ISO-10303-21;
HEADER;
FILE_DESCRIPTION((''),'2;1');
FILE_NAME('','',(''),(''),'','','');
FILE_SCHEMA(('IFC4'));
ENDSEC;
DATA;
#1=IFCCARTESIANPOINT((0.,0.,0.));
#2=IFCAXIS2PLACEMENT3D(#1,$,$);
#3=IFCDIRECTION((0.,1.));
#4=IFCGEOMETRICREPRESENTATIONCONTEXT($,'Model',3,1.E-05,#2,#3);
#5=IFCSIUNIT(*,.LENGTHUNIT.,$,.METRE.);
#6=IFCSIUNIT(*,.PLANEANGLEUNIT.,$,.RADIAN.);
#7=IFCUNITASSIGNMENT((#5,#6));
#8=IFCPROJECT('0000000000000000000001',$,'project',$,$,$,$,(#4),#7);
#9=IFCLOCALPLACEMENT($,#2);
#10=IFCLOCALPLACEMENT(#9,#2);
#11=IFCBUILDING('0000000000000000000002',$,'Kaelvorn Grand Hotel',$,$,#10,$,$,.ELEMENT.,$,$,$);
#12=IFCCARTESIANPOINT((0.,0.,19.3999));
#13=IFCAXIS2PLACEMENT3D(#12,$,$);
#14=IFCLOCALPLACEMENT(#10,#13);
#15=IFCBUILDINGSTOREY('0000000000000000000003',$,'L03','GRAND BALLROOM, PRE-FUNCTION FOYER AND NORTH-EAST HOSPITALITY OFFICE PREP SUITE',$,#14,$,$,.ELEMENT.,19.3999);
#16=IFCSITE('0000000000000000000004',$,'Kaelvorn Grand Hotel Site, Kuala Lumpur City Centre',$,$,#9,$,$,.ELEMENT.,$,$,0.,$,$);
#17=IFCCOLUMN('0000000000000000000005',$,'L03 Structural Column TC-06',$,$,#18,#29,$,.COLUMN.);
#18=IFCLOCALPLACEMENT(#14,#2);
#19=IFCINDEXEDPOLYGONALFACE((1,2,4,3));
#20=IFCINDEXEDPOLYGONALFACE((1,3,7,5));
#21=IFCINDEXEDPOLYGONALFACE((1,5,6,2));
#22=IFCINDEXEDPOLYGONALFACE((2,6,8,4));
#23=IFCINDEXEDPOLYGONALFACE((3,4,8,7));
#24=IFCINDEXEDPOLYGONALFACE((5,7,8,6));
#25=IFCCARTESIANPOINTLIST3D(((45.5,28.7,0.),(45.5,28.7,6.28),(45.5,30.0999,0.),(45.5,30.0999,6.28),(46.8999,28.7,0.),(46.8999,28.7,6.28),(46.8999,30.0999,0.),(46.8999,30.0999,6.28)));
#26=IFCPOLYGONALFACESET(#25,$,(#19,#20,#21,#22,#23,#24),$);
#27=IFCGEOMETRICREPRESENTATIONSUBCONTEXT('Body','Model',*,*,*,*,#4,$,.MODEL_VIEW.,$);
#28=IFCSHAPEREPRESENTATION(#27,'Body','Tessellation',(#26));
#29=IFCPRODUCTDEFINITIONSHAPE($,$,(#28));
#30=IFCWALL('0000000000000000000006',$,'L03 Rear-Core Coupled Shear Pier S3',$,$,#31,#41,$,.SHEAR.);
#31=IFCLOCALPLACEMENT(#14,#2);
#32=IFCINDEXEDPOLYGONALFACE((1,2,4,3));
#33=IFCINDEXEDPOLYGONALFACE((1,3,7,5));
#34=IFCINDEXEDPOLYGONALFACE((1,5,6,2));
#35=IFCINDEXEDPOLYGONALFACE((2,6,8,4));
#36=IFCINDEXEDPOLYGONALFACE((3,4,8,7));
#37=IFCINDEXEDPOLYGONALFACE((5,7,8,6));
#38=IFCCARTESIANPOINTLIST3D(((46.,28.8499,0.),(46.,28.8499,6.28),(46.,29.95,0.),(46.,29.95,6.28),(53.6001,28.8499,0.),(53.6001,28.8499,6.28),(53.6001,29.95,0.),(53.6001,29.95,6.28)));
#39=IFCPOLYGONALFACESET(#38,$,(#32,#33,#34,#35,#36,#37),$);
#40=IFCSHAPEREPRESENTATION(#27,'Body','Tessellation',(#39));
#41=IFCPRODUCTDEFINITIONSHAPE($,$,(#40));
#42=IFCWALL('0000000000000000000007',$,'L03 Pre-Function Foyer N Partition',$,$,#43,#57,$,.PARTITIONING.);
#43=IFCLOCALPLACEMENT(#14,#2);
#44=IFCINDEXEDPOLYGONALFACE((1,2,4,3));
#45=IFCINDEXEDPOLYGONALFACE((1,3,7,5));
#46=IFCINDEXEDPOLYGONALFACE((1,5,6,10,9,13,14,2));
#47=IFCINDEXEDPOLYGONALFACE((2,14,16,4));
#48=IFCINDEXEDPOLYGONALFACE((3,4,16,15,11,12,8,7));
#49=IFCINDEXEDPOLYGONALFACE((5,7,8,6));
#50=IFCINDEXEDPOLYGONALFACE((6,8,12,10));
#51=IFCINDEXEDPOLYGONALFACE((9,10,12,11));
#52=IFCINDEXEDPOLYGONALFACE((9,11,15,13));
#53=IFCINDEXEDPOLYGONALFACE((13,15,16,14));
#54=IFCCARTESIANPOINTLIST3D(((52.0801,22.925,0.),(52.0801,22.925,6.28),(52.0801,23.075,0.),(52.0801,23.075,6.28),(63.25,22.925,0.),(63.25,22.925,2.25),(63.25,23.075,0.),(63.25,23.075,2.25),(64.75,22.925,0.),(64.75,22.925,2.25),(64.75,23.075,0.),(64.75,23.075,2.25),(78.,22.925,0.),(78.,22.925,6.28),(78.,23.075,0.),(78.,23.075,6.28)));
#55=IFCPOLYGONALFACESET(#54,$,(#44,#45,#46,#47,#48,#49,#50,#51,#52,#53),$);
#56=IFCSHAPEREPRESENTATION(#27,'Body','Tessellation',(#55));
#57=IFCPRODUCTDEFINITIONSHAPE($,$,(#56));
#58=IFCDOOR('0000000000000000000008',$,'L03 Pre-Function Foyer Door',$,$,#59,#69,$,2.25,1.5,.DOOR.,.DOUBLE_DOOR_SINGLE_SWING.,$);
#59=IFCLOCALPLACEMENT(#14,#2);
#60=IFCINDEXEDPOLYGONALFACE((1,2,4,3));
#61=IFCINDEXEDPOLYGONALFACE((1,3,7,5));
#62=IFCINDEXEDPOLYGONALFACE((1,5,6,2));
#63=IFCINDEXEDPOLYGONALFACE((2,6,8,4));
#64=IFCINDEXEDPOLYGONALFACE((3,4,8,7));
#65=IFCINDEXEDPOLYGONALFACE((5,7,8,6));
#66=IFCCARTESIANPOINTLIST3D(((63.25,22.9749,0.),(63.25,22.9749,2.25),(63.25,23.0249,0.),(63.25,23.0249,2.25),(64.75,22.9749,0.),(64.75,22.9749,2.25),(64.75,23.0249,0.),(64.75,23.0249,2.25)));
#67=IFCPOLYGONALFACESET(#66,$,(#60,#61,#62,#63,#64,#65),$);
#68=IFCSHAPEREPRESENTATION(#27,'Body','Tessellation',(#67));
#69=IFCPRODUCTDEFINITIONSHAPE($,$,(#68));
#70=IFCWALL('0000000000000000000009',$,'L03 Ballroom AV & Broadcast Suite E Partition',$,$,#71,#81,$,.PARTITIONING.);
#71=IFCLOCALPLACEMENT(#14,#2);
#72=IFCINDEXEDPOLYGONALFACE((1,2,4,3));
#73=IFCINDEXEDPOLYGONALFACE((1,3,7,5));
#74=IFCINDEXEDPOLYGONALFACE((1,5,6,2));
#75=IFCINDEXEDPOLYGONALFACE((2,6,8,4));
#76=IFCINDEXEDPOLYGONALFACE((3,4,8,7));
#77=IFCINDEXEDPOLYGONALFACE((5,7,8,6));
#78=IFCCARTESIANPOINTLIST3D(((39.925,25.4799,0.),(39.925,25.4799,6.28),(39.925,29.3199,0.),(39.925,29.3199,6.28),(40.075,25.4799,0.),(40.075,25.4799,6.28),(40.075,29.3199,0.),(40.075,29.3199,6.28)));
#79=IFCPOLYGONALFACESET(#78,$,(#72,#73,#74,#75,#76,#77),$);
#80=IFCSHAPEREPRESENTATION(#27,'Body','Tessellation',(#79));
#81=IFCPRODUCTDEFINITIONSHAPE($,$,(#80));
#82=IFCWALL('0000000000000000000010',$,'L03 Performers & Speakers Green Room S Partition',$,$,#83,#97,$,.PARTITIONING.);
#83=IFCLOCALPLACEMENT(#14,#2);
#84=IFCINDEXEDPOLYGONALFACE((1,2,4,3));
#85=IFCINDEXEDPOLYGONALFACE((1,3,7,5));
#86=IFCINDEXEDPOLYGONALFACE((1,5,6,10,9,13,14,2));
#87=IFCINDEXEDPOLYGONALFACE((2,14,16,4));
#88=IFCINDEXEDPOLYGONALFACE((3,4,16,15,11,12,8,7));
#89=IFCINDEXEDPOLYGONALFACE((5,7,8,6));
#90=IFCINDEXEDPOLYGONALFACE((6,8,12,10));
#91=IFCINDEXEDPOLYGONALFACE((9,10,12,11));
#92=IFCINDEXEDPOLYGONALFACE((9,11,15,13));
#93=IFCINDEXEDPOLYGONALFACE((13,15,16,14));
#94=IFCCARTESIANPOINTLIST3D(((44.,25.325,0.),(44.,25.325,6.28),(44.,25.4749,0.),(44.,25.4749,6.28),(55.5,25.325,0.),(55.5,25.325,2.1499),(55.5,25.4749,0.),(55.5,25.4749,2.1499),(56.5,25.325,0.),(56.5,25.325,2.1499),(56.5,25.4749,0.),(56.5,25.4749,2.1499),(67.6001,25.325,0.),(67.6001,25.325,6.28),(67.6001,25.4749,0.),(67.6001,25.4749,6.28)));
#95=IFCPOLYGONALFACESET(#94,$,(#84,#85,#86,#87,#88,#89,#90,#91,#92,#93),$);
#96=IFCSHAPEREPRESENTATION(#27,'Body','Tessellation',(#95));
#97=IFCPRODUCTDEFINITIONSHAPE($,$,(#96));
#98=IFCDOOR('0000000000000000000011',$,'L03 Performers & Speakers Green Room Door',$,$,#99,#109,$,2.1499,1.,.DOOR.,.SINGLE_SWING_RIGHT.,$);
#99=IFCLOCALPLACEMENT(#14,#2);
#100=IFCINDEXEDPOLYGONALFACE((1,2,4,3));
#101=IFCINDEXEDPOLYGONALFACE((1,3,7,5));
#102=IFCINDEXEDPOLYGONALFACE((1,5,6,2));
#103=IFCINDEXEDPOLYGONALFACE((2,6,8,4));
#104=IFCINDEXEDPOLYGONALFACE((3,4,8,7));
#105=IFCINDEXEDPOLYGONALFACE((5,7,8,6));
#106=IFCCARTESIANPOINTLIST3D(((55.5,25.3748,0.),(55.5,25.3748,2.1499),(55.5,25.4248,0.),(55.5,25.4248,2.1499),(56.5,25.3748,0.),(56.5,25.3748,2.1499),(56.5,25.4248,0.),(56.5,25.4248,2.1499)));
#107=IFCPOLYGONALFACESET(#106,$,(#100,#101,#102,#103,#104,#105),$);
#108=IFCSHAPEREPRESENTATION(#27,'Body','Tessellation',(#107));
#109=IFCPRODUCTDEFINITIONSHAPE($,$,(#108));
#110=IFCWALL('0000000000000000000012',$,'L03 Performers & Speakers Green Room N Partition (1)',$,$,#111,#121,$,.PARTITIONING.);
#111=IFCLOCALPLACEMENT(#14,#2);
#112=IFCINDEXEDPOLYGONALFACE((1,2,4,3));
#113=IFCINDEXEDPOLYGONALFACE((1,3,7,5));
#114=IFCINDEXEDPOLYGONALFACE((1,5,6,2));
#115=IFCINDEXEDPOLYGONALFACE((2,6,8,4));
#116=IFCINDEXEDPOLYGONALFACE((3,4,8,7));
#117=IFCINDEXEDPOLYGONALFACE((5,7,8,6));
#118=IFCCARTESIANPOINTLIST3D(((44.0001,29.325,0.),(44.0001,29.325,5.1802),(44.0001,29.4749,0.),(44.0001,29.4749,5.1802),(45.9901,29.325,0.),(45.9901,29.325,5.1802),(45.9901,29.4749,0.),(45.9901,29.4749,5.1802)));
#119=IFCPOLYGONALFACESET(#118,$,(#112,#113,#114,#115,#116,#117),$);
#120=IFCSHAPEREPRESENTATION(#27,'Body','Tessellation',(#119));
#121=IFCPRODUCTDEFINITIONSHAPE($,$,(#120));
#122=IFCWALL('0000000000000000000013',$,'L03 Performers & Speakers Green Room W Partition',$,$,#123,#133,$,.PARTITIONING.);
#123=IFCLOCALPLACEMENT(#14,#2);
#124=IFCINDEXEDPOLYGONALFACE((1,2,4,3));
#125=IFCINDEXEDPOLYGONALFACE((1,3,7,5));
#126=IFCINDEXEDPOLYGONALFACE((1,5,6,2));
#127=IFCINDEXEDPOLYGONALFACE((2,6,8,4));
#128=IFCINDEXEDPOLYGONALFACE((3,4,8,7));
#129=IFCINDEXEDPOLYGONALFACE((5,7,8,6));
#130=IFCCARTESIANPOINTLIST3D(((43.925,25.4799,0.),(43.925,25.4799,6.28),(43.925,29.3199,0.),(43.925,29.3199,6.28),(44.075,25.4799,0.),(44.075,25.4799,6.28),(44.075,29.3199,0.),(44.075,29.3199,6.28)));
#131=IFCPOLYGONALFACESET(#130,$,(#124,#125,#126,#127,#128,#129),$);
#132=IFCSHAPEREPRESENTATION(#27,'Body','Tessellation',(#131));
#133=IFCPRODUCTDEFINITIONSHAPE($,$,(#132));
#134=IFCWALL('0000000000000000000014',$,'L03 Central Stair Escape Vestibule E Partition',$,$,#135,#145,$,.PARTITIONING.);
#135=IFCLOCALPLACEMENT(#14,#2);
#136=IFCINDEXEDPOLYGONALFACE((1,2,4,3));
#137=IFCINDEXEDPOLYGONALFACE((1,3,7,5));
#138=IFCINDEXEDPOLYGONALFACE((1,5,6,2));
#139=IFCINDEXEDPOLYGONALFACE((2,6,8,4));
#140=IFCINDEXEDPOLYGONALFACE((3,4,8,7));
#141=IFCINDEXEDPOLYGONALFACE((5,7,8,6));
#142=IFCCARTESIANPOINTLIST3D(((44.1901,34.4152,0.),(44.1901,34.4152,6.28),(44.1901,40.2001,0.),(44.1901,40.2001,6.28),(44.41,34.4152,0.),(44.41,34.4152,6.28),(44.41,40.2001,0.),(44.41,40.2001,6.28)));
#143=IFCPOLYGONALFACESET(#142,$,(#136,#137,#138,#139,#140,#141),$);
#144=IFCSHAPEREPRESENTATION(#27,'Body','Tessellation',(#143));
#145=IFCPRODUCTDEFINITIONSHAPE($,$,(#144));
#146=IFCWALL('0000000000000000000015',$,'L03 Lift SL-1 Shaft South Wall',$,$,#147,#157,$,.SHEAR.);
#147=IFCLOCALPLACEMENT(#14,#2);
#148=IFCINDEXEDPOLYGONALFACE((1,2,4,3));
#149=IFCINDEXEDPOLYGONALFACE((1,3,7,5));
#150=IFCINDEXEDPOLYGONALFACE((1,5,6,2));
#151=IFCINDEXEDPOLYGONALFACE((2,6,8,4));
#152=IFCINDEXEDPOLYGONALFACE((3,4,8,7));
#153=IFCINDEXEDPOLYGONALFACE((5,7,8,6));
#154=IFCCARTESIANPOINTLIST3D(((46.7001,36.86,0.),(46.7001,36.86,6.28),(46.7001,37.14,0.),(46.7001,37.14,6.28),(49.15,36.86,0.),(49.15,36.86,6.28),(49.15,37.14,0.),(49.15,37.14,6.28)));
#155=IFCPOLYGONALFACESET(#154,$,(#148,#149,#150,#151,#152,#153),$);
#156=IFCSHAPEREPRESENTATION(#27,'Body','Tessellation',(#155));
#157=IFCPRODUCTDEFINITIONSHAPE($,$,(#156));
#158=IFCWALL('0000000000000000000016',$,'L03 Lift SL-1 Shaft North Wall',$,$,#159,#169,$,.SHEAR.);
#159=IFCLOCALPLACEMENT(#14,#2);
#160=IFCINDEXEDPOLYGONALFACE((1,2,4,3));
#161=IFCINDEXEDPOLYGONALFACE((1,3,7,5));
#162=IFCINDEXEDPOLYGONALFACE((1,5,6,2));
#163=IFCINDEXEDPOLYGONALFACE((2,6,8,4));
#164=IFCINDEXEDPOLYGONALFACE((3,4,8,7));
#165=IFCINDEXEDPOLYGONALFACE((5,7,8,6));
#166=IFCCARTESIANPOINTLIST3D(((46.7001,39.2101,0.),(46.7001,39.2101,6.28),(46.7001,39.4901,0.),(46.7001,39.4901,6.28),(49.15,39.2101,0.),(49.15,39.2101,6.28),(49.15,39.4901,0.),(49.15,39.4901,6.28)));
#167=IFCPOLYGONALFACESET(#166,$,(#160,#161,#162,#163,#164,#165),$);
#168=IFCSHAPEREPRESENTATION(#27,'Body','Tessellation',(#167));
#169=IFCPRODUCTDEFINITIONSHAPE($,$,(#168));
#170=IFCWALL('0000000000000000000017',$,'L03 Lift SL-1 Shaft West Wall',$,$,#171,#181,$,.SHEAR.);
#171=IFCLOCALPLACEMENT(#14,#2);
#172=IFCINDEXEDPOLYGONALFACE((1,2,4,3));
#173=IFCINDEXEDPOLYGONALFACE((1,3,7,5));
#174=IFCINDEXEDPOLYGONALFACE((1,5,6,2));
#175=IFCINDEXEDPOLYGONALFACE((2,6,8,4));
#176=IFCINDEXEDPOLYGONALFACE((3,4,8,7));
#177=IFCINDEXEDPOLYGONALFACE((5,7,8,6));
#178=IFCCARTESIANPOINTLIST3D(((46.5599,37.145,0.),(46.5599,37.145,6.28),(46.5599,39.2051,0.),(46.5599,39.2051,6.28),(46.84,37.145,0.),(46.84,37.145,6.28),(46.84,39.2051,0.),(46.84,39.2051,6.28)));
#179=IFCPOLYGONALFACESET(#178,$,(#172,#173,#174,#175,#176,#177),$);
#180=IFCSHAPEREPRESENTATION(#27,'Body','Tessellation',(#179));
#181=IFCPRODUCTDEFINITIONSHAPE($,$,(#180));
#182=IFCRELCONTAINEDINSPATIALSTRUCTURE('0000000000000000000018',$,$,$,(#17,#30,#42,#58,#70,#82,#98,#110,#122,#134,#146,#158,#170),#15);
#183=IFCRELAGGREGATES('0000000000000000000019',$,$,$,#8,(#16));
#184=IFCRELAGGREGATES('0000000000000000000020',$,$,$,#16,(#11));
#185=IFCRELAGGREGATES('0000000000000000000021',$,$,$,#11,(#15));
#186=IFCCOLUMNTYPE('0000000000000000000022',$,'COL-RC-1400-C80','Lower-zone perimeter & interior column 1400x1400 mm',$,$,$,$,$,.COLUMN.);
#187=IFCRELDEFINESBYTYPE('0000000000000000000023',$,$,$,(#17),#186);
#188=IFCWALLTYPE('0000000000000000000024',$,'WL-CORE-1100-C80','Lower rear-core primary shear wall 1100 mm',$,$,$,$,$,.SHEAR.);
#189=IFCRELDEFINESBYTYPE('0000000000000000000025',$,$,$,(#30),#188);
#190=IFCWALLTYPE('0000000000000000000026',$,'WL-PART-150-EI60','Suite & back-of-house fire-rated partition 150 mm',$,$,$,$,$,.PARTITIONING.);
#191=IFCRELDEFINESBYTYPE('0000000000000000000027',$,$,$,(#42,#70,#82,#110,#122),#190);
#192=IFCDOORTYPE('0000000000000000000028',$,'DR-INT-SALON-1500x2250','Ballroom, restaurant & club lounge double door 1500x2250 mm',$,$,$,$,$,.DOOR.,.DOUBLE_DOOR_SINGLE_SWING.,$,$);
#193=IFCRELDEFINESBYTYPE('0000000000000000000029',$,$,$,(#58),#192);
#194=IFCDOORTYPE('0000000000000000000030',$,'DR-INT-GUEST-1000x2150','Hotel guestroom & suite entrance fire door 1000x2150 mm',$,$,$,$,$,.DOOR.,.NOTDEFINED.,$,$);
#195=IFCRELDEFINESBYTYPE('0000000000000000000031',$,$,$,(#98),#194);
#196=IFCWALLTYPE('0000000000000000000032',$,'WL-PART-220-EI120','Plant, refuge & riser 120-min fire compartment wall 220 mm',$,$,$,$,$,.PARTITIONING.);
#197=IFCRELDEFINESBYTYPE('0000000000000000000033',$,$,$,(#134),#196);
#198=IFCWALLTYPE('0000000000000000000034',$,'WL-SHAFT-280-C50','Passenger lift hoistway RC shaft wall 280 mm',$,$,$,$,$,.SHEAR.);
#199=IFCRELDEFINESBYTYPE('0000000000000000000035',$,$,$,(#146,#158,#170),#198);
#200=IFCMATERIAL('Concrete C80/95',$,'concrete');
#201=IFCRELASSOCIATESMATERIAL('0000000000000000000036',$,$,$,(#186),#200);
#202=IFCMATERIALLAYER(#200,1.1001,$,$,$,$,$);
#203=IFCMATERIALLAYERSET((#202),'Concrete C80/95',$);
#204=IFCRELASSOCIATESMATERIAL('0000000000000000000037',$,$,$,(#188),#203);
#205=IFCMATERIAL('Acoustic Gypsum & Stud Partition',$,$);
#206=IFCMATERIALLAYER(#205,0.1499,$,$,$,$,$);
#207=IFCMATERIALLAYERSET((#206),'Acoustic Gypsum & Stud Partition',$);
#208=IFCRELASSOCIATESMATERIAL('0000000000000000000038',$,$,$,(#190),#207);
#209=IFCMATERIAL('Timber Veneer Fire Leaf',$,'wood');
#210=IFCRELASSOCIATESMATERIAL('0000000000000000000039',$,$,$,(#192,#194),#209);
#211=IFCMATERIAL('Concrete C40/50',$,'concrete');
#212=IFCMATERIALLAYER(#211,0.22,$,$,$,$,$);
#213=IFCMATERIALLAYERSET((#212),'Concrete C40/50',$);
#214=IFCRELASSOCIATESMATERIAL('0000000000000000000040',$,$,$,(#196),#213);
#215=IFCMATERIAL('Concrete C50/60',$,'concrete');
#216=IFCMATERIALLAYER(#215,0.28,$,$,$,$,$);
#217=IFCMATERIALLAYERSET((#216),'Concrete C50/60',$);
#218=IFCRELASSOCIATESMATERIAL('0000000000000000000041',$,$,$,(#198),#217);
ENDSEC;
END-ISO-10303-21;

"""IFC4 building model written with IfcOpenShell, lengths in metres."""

from ifc_helpers import new_model, si_unit, direction, frame, frame_2d, origin, origin_2d, place, context, subcontext, project, spatial, rectangle, extrude, material, layer, layer_set, material_profile, profile_set, type_object, element, fill, save


model = new_model("IFC4")

# Units and contexts
model_context = context("Model", 3, precision=1e-05, world=origin(), true_north=direction((0.0, 1.0)))
body_context = subcontext(model_context, "Body", "Model", "MODEL_VIEW")
ifc_project = project(units=[si_unit("LENGTHUNIT", "METRE"), si_unit("PLANEANGLEUNIT", "RADIAN")], contexts=[model_context])

# Site, building, storey
site_placement = place(None, origin())
site = spatial("IfcSite", under=ifc_project, at=site_placement, Name="Kaelvorn Grand Hotel Site, Kuala Lumpur City Centre", CompositionType="ELEMENT", RefElevation=0.0)
building_placement = place(site_placement, origin())
building = spatial("IfcBuilding", under=site, at=building_placement, Name="Kaelvorn Grand Hotel", CompositionType="ELEMENT")
storey_placement = place(building_placement, frame((0.0, 0.0, 19.3999)))
storey = spatial("IfcBuildingStorey", under=building, at=storey_placement, Name="L03", Description="GRAND BALLROOM, PRE-FUNCTION FOYER AND NORTH-EAST HOSPITALITY OFFICE PREP SUITE", CompositionType="ELEMENT", Elevation=19.3999)

# Column
ifc_material_1 = material(Name="Concrete C80/95", Category="concrete")
ifc_material_profile = material_profile(ifc_material_1, rectangle(XDim=1.3999, YDim=1.3999, at=origin_2d()), Name="RC COL 1400x1400")
ifc_profile_set = profile_set([ifc_material_profile], Name="Concrete C80/95")
column_type = type_object("IfcColumnType", Name="COL-RC-1400-C80", Description="Lower-zone perimeter & interior column 1400x1400 mm", PredefinedType="COLUMN", material=ifc_profile_set)
column_placement = place(storey_placement, frame((46.2, 29.3999, 0.0), z_axis=(0.0, 0.0, 1.0), x_axis=(1.0, 0.0, 0.0)))
element("IfcColumn", 1, at=column_placement, inside=storey, type_object=column_type, Name="L03 Structural Column TC-06", PredefinedType="COLUMN", context=body_context, shape_type="SweptSolid", body=[
    extrude(rectangle(XDim=1.3999, YDim=1.3999, at=origin_2d()), origin(), (0.0, 0.0, 1.0), 6.28),
])

# Wall
ifc_layer_1 = layer(ifc_material_1, 1.1001)
ifc_layer_set_1 = layer_set([ifc_layer_1], Name="Concrete C80/95")
wall_type_1 = type_object("IfcWallType", Name="WL-CORE-1100-C80", Description="Lower rear-core primary shear wall 1100 mm", PredefinedType="SHEAR", material=ifc_layer_set_1)
wall_1_placement = place(storey_placement, frame((46.0, 29.3999, 0.0), z_axis=(0.0, 0.0, 1.0), x_axis=(1.0, 0.0, 0.0)))
element("IfcWall", 2, at=wall_1_placement, inside=storey, type_object=wall_type_1, Name="L03 Rear-Core Coupled Shear Pier S3", PredefinedType="SHEAR", context=body_context, shape_type="SweptSolid", body=[
    extrude(rectangle(XDim=7.6001, YDim=1.1001, at=frame_2d((3.8, 0.0))), origin(), (0.0, 0.0, 1.0), 6.28),
])

# Wall, opening, door
ifc_material_2 = material(Name="Acoustic Gypsum & Stud Partition")
ifc_layer_2 = layer(ifc_material_2, 0.1499)
ifc_layer_set_2 = layer_set([ifc_layer_2], Name="Acoustic Gypsum & Stud Partition")
wall_type_2 = type_object("IfcWallType", Name="WL-PART-150-EI60", Description="Suite & back-of-house fire-rated partition 150 mm", PredefinedType="PARTITIONING", material=ifc_layer_set_2)
wall_2_placement = place(storey_placement, frame((52.0801, 23.0, 0.0), z_axis=(0.0, 0.0, 1.0), x_axis=(1.0, 0.0, 0.0)))
wall_2 = element("IfcWall", 3, at=wall_2_placement, inside=storey, type_object=wall_type_2, Name="L03 Pre-Function Foyer N Partition", PredefinedType="PARTITIONING", context=body_context, shape_type="SweptSolid", body=[
    extrude(rectangle(XDim=25.9199, YDim=0.1499, at=frame_2d((12.96, 0.0))), origin(), (0.0, 0.0, 1.0), 6.28),
])
opening_1_placement = place(wall_2_placement, frame((11.1699, 0.0, 0.0)))
opening_1 = element("IfcOpeningElement", 4, at=opening_1_placement, cuts=wall_2, PredefinedType="OPENING", context=body_context, shape_type="SweptSolid", body=[
    extrude(rectangle(XDim=1.5, YDim=2.25, at=frame_2d((0.75, 1.125))), frame((0.0, 0.085, 0.0), z_axis=(0.0, -1.0, 0.0), x_axis=(1.0, 0.0, 0.0)), (0.0, 0.0, 1.0), 0.1699),
])
ifc_material_3 = material(Name="Timber Veneer Fire Leaf", Category="wood")
door_type_1 = type_object("IfcDoorType", Name="DR-INT-SALON-1500x2250", Description="Ballroom, restaurant & club lounge double door 1500x2250 mm", OperationType="DOUBLE_DOOR_SINGLE_SWING", PredefinedType="DOOR", material=ifc_material_3)
door_1_placement = place(opening_1_placement, origin())
door_1 = element("IfcDoor", 5, at=door_1_placement, inside=storey, type_object=door_type_1, Name="L03 Pre-Function Foyer Door", OperationType="DOUBLE_DOOR_SINGLE_SWING", OverallHeight=2.25, OverallWidth=1.5, PredefinedType="DOOR", context=body_context, shape_type="SweptSolid", body=[
    extrude(rectangle(XDim=1.5, YDim=2.25, at=frame_2d((0.75, 1.125))), frame((0.0, 0.0249, 0.0), z_axis=(0.0, -1.0, 0.0), x_axis=(1.0, 0.0, 0.0)), (0.0, 0.0, 1.0), 0.05),
])
fill(opening_1, door_1)

# Wall
wall_3_placement = place(storey_placement, frame((40.0, 25.48, 0.0), z_axis=(0.0, 0.0, 1.0), x_axis=(0.0, 1.0, 0.0)))
element("IfcWall", 6, at=wall_3_placement, inside=storey, type_object=wall_type_2, Name="L03 Ballroom AV & Broadcast Suite E Partition", PredefinedType="PARTITIONING", context=body_context, shape_type="SweptSolid", body=[
    extrude(rectangle(XDim=3.8401, YDim=0.1499, at=frame_2d((1.9199, 0.0))), origin(), (0.0, 0.0, 1.0), 6.28),
])

# Wall, opening, door
wall_4_placement = place(storey_placement, frame((44.0, 25.3999, 0.0), z_axis=(0.0, 0.0, 1.0), x_axis=(1.0, 0.0, 0.0)))
wall_4 = element("IfcWall", 7, at=wall_4_placement, inside=storey, type_object=wall_type_2, Name="L03 Performers & Speakers Green Room S Partition", PredefinedType="PARTITIONING", context=body_context, shape_type="SweptSolid", body=[
    extrude(rectangle(XDim=23.6001, YDim=0.1499, at=frame_2d((11.8, 0.0))), origin(), (0.0, 0.0, 1.0), 6.28),
])
opening_2_placement = place(wall_4_placement, frame((11.5, 0.0, 0.0)))
opening_2 = element("IfcOpeningElement", 8, at=opening_2_placement, cuts=wall_4, PredefinedType="OPENING", context=body_context, shape_type="SweptSolid", body=[
    extrude(rectangle(XDim=1.0, YDim=2.1499, at=frame_2d((0.5, 1.075))), frame((0.0, 0.085, 0.0), z_axis=(0.0, -1.0, 0.0), x_axis=(1.0, 0.0, 0.0)), (0.0, 0.0, 1.0), 0.1699),
])
door_type_2 = type_object("IfcDoorType", Name="DR-INT-GUEST-1000x2150", Description="Hotel guestroom & suite entrance fire door 1000x2150 mm", OperationType="NOTDEFINED", PredefinedType="DOOR", material=ifc_material_3)
door_2_placement = place(opening_2_placement, origin())
door_2 = element("IfcDoor", 9, at=door_2_placement, inside=storey, type_object=door_type_2, Name="L03 Performers & Speakers Green Room Door", OperationType="SINGLE_SWING_RIGHT", OverallHeight=2.1499, OverallWidth=1.0, PredefinedType="DOOR", context=body_context, shape_type="SweptSolid", body=[
    extrude(rectangle(XDim=1.0, YDim=2.1499, at=frame_2d((0.5, 1.075))), frame((0.0, 0.0249, 0.0), z_axis=(0.0, -1.0, 0.0), x_axis=(1.0, 0.0, 0.0)), (0.0, 0.0, 1.0), 0.05),
])
fill(opening_2, door_2)

# Walls
wall_5_placement = place(storey_placement, frame((44.0, 29.3999, 0.0), z_axis=(0.0, 0.0, 1.0), x_axis=(1.0, 0.0, 0.0)))
element("IfcWall", 10, at=wall_5_placement, inside=storey, type_object=wall_type_2, Name="L03 Performers & Speakers Green Room N Partition (1)", PredefinedType="PARTITIONING", context=body_context, shape_type="SweptSolid", body=[
    extrude(rectangle(XDim=1.99, YDim=0.1499, at=frame_2d((0.9951, 0.0))), origin(), (0.0, 0.0, 1.0), 5.1802),
])
wall_6_placement = place(storey_placement, frame((44.0, 25.48, 0.0), z_axis=(0.0, 0.0, 1.0), x_axis=(0.0, 1.0, 0.0)))
element("IfcWall", 11, at=wall_6_placement, inside=storey, type_object=wall_type_2, Name="L03 Performers & Speakers Green Room W Partition", PredefinedType="PARTITIONING", context=body_context, shape_type="SweptSolid", body=[
    extrude(rectangle(XDim=3.8401, YDim=0.1499, at=frame_2d((1.9199, 0.0))), origin(), (0.0, 0.0, 1.0), 6.28),
])
ifc_material_4 = material(Name="Concrete C40/50", Category="concrete")
ifc_layer_3 = layer(ifc_material_4, 0.22)
ifc_layer_set_3 = layer_set([ifc_layer_3], Name="Concrete C40/50")
wall_type_3 = type_object("IfcWallType", Name="WL-PART-220-EI120", Description="Plant, refuge & riser 120-min fire compartment wall 220 mm", PredefinedType="PARTITIONING", material=ifc_layer_set_3)
wall_7_placement = place(storey_placement, frame((44.3, 34.415, 0.0), z_axis=(0.0, 0.0, 1.0), x_axis=(0.0, 1.0, 0.0)))
element("IfcWall", 12, at=wall_7_placement, inside=storey, type_object=wall_type_3, Name="L03 Central Stair Escape Vestibule E Partition", PredefinedType="PARTITIONING", context=body_context, shape_type="SweptSolid", body=[
    extrude(rectangle(XDim=5.7849, YDim=0.22, at=frame_2d((2.8926, 0.0))), origin(), (0.0, 0.0, 1.0), 6.28),
])
ifc_material_5 = material(Name="Concrete C50/60", Category="concrete")
ifc_layer_4 = layer(ifc_material_5, 0.28)
ifc_layer_set_4 = layer_set([ifc_layer_4], Name="Concrete C50/60")
wall_type_4 = type_object("IfcWallType", Name="WL-SHAFT-280-C50", Description="Passenger lift hoistway RC shaft wall 280 mm", PredefinedType="SHEAR", material=ifc_layer_set_4)
for number, where, z_axis, x_axis, name in (
    (13, (46.7, 37.0, 0.0), (0.0, 0.0, 1.0), (1.0, 0.0, 0.0), "L03 Lift SL-1 Shaft South Wall"),
    (14, (46.7, 39.3501, 0.0), (0.0, 0.0, 1.0), (1.0, 0.0, 0.0), "L03 Lift SL-1 Shaft North Wall"),
):
    element("IfcWall", number, at=place(storey_placement, frame(where, z_axis=z_axis, x_axis=x_axis)), inside=storey, type_object=wall_type_4, Name=name, PredefinedType="SHEAR", context=body_context, shape_type="SweptSolid", body=[
        extrude(rectangle(XDim=2.45, YDim=0.28, at=frame_2d((1.2251, 0.0))), origin(), (0.0, 0.0, 1.0), 6.28),
    ])
for number, where, z_axis, x_axis, name in (
    (15, (46.7, 37.145, 0.0), (0.0, 0.0, 1.0), (0.0, 1.0, 0.0), "L03 Lift SL-1 Shaft West Wall"),
):
    element("IfcWall", number, at=place(storey_placement, frame(where, z_axis=z_axis, x_axis=x_axis)), inside=storey, type_object=wall_type_4, Name=name, PredefinedType="SHEAR", context=body_context, shape_type="SweptSolid", body=[
        extrude(rectangle(XDim=2.0601, YDim=0.28, at=frame_2d((1.03, 0.0))), origin(), (0.0, 0.0, 1.0), 6.28),
    ])

save(model, "model.ifc")
